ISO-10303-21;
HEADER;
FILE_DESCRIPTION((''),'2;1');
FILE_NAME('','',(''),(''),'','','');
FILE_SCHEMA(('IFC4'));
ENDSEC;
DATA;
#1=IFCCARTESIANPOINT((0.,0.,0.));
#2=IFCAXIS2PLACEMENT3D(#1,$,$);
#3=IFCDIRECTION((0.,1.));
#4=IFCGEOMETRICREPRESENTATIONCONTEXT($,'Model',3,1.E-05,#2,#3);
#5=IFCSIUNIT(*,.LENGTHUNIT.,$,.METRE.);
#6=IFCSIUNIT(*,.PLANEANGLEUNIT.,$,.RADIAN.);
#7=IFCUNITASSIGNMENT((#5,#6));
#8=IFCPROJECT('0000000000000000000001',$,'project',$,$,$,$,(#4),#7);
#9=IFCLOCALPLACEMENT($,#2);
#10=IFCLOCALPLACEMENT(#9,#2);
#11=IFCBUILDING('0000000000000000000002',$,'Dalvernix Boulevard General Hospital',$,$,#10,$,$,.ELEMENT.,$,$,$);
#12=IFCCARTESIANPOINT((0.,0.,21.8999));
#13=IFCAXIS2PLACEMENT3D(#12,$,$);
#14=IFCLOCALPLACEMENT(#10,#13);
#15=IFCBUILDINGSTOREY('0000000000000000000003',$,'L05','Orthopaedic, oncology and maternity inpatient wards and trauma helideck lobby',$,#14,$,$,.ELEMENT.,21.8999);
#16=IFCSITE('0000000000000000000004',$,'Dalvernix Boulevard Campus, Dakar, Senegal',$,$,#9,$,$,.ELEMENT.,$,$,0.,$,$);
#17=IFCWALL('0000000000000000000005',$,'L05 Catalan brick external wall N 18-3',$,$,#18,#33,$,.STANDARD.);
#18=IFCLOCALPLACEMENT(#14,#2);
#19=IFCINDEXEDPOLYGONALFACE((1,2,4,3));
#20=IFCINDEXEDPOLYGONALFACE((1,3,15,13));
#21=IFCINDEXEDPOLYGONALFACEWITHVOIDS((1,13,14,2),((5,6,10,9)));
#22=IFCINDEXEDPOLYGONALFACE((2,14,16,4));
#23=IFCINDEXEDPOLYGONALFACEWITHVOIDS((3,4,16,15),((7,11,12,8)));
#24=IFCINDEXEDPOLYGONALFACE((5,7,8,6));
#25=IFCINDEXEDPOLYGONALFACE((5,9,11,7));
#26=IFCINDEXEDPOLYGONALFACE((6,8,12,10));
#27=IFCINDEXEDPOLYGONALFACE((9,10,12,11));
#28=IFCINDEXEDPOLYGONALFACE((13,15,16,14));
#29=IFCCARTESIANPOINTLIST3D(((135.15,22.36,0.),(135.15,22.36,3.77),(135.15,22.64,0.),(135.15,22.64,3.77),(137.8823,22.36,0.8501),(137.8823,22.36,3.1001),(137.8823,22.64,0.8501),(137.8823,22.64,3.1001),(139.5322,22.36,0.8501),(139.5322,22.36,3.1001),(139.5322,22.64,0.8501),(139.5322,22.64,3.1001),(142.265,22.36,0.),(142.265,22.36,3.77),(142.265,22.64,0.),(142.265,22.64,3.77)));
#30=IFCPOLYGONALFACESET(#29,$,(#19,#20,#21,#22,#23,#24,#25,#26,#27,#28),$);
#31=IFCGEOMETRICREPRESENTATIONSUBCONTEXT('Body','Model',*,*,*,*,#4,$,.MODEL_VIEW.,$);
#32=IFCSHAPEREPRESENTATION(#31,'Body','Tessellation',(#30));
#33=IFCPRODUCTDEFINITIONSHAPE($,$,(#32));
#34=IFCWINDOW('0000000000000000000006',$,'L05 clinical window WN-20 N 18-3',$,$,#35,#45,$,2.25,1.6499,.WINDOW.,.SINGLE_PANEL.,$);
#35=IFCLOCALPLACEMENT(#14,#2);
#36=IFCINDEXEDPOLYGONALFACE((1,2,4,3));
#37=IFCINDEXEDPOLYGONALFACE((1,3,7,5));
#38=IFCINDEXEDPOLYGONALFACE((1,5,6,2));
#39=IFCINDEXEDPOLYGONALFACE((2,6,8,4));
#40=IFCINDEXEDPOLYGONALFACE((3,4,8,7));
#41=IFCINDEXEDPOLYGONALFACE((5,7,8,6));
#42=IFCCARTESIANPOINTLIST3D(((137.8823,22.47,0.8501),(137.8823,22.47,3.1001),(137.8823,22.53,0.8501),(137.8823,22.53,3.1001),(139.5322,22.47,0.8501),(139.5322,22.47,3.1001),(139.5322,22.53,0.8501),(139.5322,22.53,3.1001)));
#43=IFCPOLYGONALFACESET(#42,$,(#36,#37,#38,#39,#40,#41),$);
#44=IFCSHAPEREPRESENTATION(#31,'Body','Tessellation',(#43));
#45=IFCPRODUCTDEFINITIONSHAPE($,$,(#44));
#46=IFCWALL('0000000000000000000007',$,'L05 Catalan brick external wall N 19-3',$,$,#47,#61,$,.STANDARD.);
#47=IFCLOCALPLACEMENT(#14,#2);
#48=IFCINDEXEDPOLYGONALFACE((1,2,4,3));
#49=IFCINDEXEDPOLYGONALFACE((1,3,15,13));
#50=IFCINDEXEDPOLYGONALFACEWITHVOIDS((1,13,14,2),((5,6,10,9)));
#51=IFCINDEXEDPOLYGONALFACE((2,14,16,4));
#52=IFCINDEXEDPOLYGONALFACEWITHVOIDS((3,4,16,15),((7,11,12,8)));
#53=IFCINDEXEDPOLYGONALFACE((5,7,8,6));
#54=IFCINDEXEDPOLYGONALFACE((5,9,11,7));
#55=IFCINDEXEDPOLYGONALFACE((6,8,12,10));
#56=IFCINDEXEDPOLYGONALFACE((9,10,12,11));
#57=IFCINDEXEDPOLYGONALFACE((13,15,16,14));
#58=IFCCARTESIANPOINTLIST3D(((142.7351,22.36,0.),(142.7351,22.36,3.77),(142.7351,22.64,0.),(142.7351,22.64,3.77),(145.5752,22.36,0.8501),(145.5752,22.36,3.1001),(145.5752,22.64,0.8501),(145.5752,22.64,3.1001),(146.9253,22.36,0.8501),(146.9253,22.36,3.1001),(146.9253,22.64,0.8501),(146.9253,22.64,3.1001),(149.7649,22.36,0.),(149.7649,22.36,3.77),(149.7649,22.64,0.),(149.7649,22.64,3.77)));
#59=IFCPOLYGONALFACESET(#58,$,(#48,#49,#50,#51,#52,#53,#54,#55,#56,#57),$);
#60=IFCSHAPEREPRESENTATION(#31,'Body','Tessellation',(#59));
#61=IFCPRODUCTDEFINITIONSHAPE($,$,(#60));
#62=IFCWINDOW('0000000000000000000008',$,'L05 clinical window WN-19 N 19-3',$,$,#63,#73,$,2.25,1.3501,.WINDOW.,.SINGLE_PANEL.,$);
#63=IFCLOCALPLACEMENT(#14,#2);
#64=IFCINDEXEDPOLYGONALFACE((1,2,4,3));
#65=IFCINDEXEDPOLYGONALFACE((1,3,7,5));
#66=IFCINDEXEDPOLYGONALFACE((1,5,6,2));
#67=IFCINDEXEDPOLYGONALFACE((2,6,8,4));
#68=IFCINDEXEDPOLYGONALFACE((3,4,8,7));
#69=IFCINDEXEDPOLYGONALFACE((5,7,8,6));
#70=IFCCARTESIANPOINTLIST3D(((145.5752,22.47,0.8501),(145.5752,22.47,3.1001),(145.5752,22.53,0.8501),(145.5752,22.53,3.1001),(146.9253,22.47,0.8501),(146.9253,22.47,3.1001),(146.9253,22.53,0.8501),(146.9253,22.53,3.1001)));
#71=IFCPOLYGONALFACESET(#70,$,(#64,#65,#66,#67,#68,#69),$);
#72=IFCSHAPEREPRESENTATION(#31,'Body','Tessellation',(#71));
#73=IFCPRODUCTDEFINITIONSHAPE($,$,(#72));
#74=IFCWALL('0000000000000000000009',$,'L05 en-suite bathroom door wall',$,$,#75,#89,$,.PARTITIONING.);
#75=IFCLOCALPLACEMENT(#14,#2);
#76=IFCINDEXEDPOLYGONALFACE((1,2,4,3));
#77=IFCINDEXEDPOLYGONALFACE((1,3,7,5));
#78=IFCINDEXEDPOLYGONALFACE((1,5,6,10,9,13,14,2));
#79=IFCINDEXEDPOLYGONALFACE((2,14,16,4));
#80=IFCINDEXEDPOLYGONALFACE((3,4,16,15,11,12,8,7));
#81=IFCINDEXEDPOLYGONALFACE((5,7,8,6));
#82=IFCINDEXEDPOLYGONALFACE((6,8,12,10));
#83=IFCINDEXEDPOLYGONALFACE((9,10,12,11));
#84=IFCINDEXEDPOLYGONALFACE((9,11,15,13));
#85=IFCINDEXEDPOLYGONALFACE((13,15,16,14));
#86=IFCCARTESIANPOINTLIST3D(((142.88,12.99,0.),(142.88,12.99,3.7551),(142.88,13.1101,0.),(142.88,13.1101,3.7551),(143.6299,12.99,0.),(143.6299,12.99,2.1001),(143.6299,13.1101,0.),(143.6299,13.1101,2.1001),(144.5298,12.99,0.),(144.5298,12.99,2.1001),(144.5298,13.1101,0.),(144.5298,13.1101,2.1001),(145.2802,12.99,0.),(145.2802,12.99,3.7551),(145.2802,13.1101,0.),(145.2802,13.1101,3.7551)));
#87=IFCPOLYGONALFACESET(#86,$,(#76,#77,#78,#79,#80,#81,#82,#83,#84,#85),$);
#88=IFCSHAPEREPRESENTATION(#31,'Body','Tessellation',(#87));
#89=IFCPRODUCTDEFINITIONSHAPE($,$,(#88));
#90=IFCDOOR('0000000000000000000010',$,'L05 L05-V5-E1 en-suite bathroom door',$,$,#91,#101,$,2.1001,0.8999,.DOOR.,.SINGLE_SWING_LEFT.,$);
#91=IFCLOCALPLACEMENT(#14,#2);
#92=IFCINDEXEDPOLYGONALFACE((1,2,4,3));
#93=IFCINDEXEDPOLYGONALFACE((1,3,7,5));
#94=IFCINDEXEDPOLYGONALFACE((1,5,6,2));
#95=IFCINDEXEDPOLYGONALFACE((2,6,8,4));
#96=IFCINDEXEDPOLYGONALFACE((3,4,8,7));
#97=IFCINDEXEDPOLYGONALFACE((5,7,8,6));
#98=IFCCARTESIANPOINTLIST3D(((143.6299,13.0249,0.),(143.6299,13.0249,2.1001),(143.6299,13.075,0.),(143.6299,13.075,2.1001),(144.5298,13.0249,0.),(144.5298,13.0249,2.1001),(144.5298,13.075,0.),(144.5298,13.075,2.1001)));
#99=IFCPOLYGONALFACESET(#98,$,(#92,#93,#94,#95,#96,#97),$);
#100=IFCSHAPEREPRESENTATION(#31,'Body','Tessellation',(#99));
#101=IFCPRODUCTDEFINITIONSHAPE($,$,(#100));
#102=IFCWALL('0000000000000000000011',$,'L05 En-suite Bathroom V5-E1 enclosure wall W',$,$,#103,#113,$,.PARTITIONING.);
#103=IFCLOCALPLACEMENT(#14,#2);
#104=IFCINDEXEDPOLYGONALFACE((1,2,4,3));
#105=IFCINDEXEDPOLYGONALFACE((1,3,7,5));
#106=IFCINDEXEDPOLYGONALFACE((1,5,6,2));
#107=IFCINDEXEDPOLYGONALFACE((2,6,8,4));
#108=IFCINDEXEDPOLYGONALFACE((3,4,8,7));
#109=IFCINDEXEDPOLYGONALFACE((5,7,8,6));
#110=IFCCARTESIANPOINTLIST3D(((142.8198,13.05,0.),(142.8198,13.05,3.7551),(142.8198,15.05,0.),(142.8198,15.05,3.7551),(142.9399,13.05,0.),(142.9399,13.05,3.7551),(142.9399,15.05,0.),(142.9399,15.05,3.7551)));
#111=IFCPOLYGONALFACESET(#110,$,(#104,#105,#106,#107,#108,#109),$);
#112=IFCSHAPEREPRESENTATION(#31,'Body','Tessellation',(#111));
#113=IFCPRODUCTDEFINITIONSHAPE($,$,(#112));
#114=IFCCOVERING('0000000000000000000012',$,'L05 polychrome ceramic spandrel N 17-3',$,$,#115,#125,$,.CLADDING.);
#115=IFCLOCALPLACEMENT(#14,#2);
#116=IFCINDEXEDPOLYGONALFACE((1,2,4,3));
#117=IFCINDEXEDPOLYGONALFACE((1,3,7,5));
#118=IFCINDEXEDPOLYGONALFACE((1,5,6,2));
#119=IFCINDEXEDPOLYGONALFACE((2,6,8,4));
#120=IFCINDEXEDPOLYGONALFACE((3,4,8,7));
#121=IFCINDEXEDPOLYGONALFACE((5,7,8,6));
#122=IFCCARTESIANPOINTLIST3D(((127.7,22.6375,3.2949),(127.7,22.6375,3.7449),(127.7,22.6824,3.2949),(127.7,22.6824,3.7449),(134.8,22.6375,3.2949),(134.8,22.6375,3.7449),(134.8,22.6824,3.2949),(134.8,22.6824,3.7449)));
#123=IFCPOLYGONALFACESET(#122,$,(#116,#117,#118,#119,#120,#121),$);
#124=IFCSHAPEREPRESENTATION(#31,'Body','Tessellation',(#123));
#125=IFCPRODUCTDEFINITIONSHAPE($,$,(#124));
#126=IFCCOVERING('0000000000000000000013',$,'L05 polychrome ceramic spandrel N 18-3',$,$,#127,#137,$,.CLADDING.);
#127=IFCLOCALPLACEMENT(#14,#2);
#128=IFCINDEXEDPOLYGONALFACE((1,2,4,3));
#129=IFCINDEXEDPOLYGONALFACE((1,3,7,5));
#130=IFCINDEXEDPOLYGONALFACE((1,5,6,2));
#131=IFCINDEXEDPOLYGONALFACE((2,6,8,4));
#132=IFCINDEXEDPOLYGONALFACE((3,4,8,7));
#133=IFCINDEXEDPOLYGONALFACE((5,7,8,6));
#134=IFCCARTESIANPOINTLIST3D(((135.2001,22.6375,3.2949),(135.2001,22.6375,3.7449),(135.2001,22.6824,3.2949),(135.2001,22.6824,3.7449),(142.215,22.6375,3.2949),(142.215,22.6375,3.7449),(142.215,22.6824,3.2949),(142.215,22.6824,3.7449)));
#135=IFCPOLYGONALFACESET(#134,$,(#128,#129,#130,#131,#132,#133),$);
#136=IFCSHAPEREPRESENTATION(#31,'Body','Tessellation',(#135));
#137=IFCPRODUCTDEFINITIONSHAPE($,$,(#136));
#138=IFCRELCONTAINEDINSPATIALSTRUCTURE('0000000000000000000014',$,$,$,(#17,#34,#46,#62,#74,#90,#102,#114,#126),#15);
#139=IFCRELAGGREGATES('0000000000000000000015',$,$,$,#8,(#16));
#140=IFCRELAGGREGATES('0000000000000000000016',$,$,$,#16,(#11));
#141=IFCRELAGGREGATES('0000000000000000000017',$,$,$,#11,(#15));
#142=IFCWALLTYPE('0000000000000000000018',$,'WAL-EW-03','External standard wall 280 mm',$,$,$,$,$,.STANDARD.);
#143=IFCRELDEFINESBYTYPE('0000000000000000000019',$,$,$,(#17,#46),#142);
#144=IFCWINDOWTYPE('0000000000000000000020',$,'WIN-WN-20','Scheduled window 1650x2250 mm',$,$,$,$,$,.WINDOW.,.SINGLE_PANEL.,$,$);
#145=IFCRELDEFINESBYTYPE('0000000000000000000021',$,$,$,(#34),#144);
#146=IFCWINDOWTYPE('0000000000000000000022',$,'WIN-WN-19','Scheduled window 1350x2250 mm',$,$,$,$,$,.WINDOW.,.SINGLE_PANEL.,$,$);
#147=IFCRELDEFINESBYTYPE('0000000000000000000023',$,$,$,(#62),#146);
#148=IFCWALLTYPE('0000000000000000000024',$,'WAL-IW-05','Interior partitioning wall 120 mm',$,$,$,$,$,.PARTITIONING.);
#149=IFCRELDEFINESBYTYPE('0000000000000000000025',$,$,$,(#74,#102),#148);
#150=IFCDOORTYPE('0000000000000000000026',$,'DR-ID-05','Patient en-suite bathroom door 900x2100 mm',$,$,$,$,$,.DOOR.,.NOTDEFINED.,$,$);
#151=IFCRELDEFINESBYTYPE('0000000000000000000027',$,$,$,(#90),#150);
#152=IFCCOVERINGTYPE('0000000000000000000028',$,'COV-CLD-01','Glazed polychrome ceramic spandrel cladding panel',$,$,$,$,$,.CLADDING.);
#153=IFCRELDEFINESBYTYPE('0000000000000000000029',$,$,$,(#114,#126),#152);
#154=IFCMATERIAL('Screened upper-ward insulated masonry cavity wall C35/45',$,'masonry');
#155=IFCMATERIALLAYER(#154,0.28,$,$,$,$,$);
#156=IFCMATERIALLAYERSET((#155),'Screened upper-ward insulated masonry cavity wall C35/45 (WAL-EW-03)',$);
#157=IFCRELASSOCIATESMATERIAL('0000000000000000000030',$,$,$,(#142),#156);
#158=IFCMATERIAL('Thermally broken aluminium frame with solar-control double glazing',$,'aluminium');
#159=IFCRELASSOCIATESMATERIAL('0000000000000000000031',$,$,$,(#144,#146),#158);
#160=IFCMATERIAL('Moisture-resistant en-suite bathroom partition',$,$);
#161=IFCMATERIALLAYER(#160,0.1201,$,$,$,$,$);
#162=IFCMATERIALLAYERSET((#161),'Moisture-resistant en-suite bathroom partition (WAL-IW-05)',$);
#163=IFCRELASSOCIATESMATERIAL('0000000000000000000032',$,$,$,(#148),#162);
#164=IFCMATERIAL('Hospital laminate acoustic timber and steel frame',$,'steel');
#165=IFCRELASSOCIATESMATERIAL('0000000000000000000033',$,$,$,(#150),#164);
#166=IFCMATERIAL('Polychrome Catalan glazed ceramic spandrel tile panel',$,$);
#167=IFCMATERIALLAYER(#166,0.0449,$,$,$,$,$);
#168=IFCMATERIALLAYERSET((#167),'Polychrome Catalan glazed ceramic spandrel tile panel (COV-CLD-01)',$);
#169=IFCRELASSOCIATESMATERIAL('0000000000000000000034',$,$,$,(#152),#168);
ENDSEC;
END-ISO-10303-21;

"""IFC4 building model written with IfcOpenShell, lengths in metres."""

from ifc_helpers import new_model, si_unit, direction, frame, frame_2d, origin, origin_2d, place, context, subcontext, project, spatial, rectangle, extrude, material, layer, layer_set, type_object, element, fill, save


model = new_model("IFC4")

# Units and contexts
model_context = context("Model", 3, precision=1e-05, world=origin(), true_north=direction((0.0, 1.0)))
body_context = subcontext(model_context, "Body", "Model", "MODEL_VIEW")
ifc_project = project(units=[si_unit("LENGTHUNIT", "METRE"), si_unit("PLANEANGLEUNIT", "RADIAN")], contexts=[model_context])

# Site, building, storey
site_placement = place(None, origin())
site = spatial("IfcSite", under=ifc_project, at=site_placement, Name="Dalvernix Boulevard Campus, Dakar, Senegal", CompositionType="ELEMENT", RefElevation=0.0)
building_placement = place(site_placement, origin())
building = spatial("IfcBuilding", under=site, at=building_placement, Name="Dalvernix Boulevard General Hospital", CompositionType="ELEMENT")
storey_placement = place(building_placement, frame((0.0, 0.0, 21.8999)))
storey = spatial("IfcBuildingStorey", under=building, at=storey_placement, Name="L05", Description="Orthopaedic, oncology and maternity inpatient wards and trauma helideck lobby", CompositionType="ELEMENT", Elevation=21.8999)

# Walls, openings, windows
ifc_material_1 = material(Name="Screened upper-ward insulated masonry cavity wall C35/45", Category="masonry")
ifc_layer_1 = layer(ifc_material_1, 0.28)
ifc_layer_set_1 = layer_set([ifc_layer_1], Name="Screened upper-ward insulated masonry cavity wall C35/45 (WAL-EW-03)")
wall_type_1 = type_object("IfcWallType", Name="WAL-EW-03", Description="External standard wall 280 mm", PredefinedType="STANDARD", material=ifc_layer_set_1)
wall_1_placement = place(storey_placement, frame((135.1499, 22.5, 0.0), z_axis=(0.0, 0.0, 1.0), x_axis=(1.0, 0.0, 0.0)))
wall_1 = element("IfcWall", 1, at=wall_1_placement, inside=storey, type_object=wall_type_1, Name="L05 Catalan brick external wall N 18-3", PredefinedType="STANDARD", context=body_context, shape_type="SweptSolid", body=[
    extrude(rectangle(XDim=7.115, YDim=0.28, at=frame_2d((3.5576, 0.0))), origin(), (0.0, 0.0, 1.0), 3.77),
])
opening_1_placement = place(wall_1_placement, frame((2.7324, 0.0, 0.8501)))
opening_1 = element("IfcOpeningElement", 2, at=opening_1_placement, cuts=wall_1, PredefinedType="OPENING", context=body_context, shape_type="SweptSolid", body=[
    extrude(rectangle(XDim=1.6499, YDim=2.25, at=frame_2d((0.825, 1.125))), frame((0.0, 0.1499, 0.0), z_axis=(0.0, -1.0, 0.0), x_axis=(1.0, 0.0, 0.0)), (0.0, 0.0, 1.0), 0.3),
])
ifc_material_2 = material(Name="Thermally broken aluminium frame with solar-control double glazing", Category="aluminium")
window_type_1 = type_object("IfcWindowType", Name="WIN-WN-20", Description="Scheduled window 1650x2250 mm", PartitioningType="SINGLE_PANEL", PredefinedType="WINDOW", material=ifc_material_2)
window_1_placement = place(opening_1_placement, origin())
window_1 = element("IfcWindow", 3, at=window_1_placement, inside=storey, type_object=window_type_1, Name="L05 clinical window WN-20 N 18-3", OverallHeight=2.25, OverallWidth=1.6499, PartitioningType="SINGLE_PANEL", PredefinedType="WINDOW", context=body_context, shape_type="SweptSolid", body=[
    extrude(rectangle(XDim=1.6499, YDim=2.25, at=frame_2d((0.825, 1.125))), frame((0.0, 0.03, 0.0), z_axis=(0.0, -1.0, 0.0), x_axis=(1.0, 0.0, 0.0)), (0.0, 0.0, 1.0), 0.0601),
])
fill(opening_1, window_1)
wall_2_placement = place(storey_placement, frame((142.7351, 22.5, 0.0), z_axis=(0.0, 0.0, 1.0), x_axis=(1.0, 0.0, 0.0)))
wall_2 = element("IfcWall", 4, at=wall_2_placement, inside=storey, type_object=wall_type_1, Name="L05 Catalan brick external wall N 19-3", PredefinedType="STANDARD", context=body_context, shape_type="SweptSolid", body=[
    extrude(rectangle(XDim=7.0298, YDim=0.28, at=frame_2d((3.5149, 0.0))), origin(), (0.0, 0.0, 1.0), 3.77),
])
opening_2_placement = place(wall_2_placement, frame((2.8401, 0.0, 0.8501)))
opening_2 = element("IfcOpeningElement", 5, at=opening_2_placement, cuts=wall_2, PredefinedType="OPENING", context=body_context, shape_type="SweptSolid", body=[
    extrude(rectangle(XDim=1.3501, YDim=2.25, at=frame_2d((0.675, 1.125))), frame((0.0, 0.1499, 0.0), z_axis=(0.0, -1.0, 0.0), x_axis=(1.0, 0.0, 0.0)), (0.0, 0.0, 1.0), 0.3),
])
window_type_2 = type_object("IfcWindowType", Name="WIN-WN-19", Description="Scheduled window 1350x2250 mm", PartitioningType="SINGLE_PANEL", PredefinedType="WINDOW", material=ifc_material_2)
window_2_placement = place(opening_2_placement, origin())
window_2 = element("IfcWindow", 6, at=window_2_placement, inside=storey, type_object=window_type_2, Name="L05 clinical window WN-19 N 19-3", OverallHeight=2.25, OverallWidth=1.3501, PartitioningType="SINGLE_PANEL", PredefinedType="WINDOW", context=body_context, shape_type="SweptSolid", body=[
    extrude(rectangle(XDim=1.3501, YDim=2.25, at=frame_2d((0.675, 1.125))), frame((0.0, 0.03, 0.0), z_axis=(0.0, -1.0, 0.0), x_axis=(1.0, 0.0, 0.0)), (0.0, 0.0, 1.0), 0.0601),
])
fill(opening_2, window_2)

# Wall, opening, door
ifc_material_3 = material(Name="Moisture-resistant en-suite bathroom partition")
ifc_layer_2 = layer(ifc_material_3, 0.1201)
ifc_layer_set_2 = layer_set([ifc_layer_2], Name="Moisture-resistant en-suite bathroom partition (WAL-IW-05)")
wall_type_2 = type_object("IfcWallType", Name="WAL-IW-05", Description="Interior partitioning wall 120 mm", PredefinedType="PARTITIONING", material=ifc_layer_set_2)
wall_3_placement = place(storey_placement, frame((142.8799, 13.05, 0.0), z_axis=(0.0, 0.0, 1.0), x_axis=(1.0, 0.0, 0.0)))
wall_3 = element("IfcWall", 7, at=wall_3_placement, inside=storey, type_object=wall_type_2, Name="L05 en-suite bathroom door wall", PredefinedType="PARTITIONING", context=body_context, shape_type="SweptSolid", body=[
    extrude(rectangle(XDim=2.4001, YDim=0.1201, at=frame_2d((1.2002, 0.0))), origin(), (0.0, 0.0, 1.0), 3.7551),
])
opening_3_placement = place(wall_3_placement, frame((0.75, 0.0, 0.0)))
opening_3 = element("IfcOpeningElement", 8, at=opening_3_placement, cuts=wall_3, PredefinedType="OPENING", context=body_context, shape_type="SweptSolid", body=[
    extrude(rectangle(XDim=0.8999, YDim=2.1001, at=frame_2d((0.45, 1.05))), frame((0.0, 0.0701, 0.0), z_axis=(0.0, -1.0, 0.0), x_axis=(1.0, 0.0, 0.0)), (0.0, 0.0, 1.0), 0.1401),
])
ifc_material_4 = material(Name="Hospital laminate acoustic timber and steel frame", Category="steel")
door_type = type_object("IfcDoorType", Name="DR-ID-05", Description="Patient en-suite bathroom door 900x2100 mm", OperationType="NOTDEFINED", PredefinedType="DOOR", material=ifc_material_4)
door_placement = place(opening_3_placement, origin())
door = element("IfcDoor", 9, at=door_placement, inside=storey, type_object=door_type, Name="L05 L05-V5-E1 en-suite bathroom door", OperationType="SINGLE_SWING_LEFT", OverallHeight=2.1001, OverallWidth=0.8999, PredefinedType="DOOR", context=body_context, shape_type="SweptSolid", body=[
    extrude(rectangle(XDim=0.8999, YDim=2.1001, at=frame_2d((0.45, 1.05))), frame((0.0, 0.0249, 0.0), z_axis=(0.0, -1.0, 0.0), x_axis=(1.0, 0.0, 0.0)), (0.0, 0.0, 1.0), 0.05),
])
fill(opening_3, door)

# Wall
wall_4_placement = place(storey_placement, frame((142.8799, 13.05, 0.0), z_axis=(0.0, 0.0, 1.0), x_axis=(0.0, 1.0, 0.0)))
element("IfcWall", 10, at=wall_4_placement, inside=storey, type_object=wall_type_2, Name="L05 En-suite Bathroom V5-E1 enclosure wall W", PredefinedType="PARTITIONING", context=body_context, shape_type="SweptSolid", body=[
    extrude(rectangle(XDim=2.0, YDim=0.1201, at=frame_2d((1.0, 0.0))), origin(), (0.0, 0.0, 1.0), 3.7551),
])

# Coverings
ifc_material_5 = material(Name="Polychrome Catalan glazed ceramic spandrel tile panel")
ifc_layer_3 = layer(ifc_material_5, 0.0449)
ifc_layer_set_3 = layer_set([ifc_layer_3], Name="Polychrome Catalan glazed ceramic spandrel tile panel (COV-CLD-01)")
covering_type = type_object("IfcCoveringType", Name="COV-CLD-01", Description="Glazed polychrome ceramic spandrel cladding panel", PredefinedType="CLADDING", material=ifc_layer_set_3)
covering_1_placement = place(storey_placement, frame((131.25, 22.6599, 3.2949), z_axis=(0.0, 0.0, 1.0), x_axis=(1.0, 0.0, 0.0)))
element("IfcCovering", 11, at=covering_1_placement, inside=storey, type_object=covering_type, Name="L05 polychrome ceramic spandrel N 17-3", PredefinedType="CLADDING", context=body_context, shape_type="SweptSolid", body=[
    extrude(rectangle(XDim=7.1001, YDim=0.0449, at=origin_2d()), origin(), (0.0, 0.0, 1.0), 0.45),
])
covering_2_placement = place(storey_placement, frame((138.7075, 22.6599, 3.2949), z_axis=(0.0, 0.0, 1.0), x_axis=(1.0, 0.0, 0.0)))
element("IfcCovering", 12, at=covering_2_placement, inside=storey, type_object=covering_type, Name="L05 polychrome ceramic spandrel N 18-3", PredefinedType="CLADDING", context=body_context, shape_type="SweptSolid", body=[
    extrude(rectangle(XDim=7.0149, YDim=0.0449, at=origin_2d()), origin(), (0.0, 0.0, 1.0), 0.45),
])

save(model, "model.ifc")
